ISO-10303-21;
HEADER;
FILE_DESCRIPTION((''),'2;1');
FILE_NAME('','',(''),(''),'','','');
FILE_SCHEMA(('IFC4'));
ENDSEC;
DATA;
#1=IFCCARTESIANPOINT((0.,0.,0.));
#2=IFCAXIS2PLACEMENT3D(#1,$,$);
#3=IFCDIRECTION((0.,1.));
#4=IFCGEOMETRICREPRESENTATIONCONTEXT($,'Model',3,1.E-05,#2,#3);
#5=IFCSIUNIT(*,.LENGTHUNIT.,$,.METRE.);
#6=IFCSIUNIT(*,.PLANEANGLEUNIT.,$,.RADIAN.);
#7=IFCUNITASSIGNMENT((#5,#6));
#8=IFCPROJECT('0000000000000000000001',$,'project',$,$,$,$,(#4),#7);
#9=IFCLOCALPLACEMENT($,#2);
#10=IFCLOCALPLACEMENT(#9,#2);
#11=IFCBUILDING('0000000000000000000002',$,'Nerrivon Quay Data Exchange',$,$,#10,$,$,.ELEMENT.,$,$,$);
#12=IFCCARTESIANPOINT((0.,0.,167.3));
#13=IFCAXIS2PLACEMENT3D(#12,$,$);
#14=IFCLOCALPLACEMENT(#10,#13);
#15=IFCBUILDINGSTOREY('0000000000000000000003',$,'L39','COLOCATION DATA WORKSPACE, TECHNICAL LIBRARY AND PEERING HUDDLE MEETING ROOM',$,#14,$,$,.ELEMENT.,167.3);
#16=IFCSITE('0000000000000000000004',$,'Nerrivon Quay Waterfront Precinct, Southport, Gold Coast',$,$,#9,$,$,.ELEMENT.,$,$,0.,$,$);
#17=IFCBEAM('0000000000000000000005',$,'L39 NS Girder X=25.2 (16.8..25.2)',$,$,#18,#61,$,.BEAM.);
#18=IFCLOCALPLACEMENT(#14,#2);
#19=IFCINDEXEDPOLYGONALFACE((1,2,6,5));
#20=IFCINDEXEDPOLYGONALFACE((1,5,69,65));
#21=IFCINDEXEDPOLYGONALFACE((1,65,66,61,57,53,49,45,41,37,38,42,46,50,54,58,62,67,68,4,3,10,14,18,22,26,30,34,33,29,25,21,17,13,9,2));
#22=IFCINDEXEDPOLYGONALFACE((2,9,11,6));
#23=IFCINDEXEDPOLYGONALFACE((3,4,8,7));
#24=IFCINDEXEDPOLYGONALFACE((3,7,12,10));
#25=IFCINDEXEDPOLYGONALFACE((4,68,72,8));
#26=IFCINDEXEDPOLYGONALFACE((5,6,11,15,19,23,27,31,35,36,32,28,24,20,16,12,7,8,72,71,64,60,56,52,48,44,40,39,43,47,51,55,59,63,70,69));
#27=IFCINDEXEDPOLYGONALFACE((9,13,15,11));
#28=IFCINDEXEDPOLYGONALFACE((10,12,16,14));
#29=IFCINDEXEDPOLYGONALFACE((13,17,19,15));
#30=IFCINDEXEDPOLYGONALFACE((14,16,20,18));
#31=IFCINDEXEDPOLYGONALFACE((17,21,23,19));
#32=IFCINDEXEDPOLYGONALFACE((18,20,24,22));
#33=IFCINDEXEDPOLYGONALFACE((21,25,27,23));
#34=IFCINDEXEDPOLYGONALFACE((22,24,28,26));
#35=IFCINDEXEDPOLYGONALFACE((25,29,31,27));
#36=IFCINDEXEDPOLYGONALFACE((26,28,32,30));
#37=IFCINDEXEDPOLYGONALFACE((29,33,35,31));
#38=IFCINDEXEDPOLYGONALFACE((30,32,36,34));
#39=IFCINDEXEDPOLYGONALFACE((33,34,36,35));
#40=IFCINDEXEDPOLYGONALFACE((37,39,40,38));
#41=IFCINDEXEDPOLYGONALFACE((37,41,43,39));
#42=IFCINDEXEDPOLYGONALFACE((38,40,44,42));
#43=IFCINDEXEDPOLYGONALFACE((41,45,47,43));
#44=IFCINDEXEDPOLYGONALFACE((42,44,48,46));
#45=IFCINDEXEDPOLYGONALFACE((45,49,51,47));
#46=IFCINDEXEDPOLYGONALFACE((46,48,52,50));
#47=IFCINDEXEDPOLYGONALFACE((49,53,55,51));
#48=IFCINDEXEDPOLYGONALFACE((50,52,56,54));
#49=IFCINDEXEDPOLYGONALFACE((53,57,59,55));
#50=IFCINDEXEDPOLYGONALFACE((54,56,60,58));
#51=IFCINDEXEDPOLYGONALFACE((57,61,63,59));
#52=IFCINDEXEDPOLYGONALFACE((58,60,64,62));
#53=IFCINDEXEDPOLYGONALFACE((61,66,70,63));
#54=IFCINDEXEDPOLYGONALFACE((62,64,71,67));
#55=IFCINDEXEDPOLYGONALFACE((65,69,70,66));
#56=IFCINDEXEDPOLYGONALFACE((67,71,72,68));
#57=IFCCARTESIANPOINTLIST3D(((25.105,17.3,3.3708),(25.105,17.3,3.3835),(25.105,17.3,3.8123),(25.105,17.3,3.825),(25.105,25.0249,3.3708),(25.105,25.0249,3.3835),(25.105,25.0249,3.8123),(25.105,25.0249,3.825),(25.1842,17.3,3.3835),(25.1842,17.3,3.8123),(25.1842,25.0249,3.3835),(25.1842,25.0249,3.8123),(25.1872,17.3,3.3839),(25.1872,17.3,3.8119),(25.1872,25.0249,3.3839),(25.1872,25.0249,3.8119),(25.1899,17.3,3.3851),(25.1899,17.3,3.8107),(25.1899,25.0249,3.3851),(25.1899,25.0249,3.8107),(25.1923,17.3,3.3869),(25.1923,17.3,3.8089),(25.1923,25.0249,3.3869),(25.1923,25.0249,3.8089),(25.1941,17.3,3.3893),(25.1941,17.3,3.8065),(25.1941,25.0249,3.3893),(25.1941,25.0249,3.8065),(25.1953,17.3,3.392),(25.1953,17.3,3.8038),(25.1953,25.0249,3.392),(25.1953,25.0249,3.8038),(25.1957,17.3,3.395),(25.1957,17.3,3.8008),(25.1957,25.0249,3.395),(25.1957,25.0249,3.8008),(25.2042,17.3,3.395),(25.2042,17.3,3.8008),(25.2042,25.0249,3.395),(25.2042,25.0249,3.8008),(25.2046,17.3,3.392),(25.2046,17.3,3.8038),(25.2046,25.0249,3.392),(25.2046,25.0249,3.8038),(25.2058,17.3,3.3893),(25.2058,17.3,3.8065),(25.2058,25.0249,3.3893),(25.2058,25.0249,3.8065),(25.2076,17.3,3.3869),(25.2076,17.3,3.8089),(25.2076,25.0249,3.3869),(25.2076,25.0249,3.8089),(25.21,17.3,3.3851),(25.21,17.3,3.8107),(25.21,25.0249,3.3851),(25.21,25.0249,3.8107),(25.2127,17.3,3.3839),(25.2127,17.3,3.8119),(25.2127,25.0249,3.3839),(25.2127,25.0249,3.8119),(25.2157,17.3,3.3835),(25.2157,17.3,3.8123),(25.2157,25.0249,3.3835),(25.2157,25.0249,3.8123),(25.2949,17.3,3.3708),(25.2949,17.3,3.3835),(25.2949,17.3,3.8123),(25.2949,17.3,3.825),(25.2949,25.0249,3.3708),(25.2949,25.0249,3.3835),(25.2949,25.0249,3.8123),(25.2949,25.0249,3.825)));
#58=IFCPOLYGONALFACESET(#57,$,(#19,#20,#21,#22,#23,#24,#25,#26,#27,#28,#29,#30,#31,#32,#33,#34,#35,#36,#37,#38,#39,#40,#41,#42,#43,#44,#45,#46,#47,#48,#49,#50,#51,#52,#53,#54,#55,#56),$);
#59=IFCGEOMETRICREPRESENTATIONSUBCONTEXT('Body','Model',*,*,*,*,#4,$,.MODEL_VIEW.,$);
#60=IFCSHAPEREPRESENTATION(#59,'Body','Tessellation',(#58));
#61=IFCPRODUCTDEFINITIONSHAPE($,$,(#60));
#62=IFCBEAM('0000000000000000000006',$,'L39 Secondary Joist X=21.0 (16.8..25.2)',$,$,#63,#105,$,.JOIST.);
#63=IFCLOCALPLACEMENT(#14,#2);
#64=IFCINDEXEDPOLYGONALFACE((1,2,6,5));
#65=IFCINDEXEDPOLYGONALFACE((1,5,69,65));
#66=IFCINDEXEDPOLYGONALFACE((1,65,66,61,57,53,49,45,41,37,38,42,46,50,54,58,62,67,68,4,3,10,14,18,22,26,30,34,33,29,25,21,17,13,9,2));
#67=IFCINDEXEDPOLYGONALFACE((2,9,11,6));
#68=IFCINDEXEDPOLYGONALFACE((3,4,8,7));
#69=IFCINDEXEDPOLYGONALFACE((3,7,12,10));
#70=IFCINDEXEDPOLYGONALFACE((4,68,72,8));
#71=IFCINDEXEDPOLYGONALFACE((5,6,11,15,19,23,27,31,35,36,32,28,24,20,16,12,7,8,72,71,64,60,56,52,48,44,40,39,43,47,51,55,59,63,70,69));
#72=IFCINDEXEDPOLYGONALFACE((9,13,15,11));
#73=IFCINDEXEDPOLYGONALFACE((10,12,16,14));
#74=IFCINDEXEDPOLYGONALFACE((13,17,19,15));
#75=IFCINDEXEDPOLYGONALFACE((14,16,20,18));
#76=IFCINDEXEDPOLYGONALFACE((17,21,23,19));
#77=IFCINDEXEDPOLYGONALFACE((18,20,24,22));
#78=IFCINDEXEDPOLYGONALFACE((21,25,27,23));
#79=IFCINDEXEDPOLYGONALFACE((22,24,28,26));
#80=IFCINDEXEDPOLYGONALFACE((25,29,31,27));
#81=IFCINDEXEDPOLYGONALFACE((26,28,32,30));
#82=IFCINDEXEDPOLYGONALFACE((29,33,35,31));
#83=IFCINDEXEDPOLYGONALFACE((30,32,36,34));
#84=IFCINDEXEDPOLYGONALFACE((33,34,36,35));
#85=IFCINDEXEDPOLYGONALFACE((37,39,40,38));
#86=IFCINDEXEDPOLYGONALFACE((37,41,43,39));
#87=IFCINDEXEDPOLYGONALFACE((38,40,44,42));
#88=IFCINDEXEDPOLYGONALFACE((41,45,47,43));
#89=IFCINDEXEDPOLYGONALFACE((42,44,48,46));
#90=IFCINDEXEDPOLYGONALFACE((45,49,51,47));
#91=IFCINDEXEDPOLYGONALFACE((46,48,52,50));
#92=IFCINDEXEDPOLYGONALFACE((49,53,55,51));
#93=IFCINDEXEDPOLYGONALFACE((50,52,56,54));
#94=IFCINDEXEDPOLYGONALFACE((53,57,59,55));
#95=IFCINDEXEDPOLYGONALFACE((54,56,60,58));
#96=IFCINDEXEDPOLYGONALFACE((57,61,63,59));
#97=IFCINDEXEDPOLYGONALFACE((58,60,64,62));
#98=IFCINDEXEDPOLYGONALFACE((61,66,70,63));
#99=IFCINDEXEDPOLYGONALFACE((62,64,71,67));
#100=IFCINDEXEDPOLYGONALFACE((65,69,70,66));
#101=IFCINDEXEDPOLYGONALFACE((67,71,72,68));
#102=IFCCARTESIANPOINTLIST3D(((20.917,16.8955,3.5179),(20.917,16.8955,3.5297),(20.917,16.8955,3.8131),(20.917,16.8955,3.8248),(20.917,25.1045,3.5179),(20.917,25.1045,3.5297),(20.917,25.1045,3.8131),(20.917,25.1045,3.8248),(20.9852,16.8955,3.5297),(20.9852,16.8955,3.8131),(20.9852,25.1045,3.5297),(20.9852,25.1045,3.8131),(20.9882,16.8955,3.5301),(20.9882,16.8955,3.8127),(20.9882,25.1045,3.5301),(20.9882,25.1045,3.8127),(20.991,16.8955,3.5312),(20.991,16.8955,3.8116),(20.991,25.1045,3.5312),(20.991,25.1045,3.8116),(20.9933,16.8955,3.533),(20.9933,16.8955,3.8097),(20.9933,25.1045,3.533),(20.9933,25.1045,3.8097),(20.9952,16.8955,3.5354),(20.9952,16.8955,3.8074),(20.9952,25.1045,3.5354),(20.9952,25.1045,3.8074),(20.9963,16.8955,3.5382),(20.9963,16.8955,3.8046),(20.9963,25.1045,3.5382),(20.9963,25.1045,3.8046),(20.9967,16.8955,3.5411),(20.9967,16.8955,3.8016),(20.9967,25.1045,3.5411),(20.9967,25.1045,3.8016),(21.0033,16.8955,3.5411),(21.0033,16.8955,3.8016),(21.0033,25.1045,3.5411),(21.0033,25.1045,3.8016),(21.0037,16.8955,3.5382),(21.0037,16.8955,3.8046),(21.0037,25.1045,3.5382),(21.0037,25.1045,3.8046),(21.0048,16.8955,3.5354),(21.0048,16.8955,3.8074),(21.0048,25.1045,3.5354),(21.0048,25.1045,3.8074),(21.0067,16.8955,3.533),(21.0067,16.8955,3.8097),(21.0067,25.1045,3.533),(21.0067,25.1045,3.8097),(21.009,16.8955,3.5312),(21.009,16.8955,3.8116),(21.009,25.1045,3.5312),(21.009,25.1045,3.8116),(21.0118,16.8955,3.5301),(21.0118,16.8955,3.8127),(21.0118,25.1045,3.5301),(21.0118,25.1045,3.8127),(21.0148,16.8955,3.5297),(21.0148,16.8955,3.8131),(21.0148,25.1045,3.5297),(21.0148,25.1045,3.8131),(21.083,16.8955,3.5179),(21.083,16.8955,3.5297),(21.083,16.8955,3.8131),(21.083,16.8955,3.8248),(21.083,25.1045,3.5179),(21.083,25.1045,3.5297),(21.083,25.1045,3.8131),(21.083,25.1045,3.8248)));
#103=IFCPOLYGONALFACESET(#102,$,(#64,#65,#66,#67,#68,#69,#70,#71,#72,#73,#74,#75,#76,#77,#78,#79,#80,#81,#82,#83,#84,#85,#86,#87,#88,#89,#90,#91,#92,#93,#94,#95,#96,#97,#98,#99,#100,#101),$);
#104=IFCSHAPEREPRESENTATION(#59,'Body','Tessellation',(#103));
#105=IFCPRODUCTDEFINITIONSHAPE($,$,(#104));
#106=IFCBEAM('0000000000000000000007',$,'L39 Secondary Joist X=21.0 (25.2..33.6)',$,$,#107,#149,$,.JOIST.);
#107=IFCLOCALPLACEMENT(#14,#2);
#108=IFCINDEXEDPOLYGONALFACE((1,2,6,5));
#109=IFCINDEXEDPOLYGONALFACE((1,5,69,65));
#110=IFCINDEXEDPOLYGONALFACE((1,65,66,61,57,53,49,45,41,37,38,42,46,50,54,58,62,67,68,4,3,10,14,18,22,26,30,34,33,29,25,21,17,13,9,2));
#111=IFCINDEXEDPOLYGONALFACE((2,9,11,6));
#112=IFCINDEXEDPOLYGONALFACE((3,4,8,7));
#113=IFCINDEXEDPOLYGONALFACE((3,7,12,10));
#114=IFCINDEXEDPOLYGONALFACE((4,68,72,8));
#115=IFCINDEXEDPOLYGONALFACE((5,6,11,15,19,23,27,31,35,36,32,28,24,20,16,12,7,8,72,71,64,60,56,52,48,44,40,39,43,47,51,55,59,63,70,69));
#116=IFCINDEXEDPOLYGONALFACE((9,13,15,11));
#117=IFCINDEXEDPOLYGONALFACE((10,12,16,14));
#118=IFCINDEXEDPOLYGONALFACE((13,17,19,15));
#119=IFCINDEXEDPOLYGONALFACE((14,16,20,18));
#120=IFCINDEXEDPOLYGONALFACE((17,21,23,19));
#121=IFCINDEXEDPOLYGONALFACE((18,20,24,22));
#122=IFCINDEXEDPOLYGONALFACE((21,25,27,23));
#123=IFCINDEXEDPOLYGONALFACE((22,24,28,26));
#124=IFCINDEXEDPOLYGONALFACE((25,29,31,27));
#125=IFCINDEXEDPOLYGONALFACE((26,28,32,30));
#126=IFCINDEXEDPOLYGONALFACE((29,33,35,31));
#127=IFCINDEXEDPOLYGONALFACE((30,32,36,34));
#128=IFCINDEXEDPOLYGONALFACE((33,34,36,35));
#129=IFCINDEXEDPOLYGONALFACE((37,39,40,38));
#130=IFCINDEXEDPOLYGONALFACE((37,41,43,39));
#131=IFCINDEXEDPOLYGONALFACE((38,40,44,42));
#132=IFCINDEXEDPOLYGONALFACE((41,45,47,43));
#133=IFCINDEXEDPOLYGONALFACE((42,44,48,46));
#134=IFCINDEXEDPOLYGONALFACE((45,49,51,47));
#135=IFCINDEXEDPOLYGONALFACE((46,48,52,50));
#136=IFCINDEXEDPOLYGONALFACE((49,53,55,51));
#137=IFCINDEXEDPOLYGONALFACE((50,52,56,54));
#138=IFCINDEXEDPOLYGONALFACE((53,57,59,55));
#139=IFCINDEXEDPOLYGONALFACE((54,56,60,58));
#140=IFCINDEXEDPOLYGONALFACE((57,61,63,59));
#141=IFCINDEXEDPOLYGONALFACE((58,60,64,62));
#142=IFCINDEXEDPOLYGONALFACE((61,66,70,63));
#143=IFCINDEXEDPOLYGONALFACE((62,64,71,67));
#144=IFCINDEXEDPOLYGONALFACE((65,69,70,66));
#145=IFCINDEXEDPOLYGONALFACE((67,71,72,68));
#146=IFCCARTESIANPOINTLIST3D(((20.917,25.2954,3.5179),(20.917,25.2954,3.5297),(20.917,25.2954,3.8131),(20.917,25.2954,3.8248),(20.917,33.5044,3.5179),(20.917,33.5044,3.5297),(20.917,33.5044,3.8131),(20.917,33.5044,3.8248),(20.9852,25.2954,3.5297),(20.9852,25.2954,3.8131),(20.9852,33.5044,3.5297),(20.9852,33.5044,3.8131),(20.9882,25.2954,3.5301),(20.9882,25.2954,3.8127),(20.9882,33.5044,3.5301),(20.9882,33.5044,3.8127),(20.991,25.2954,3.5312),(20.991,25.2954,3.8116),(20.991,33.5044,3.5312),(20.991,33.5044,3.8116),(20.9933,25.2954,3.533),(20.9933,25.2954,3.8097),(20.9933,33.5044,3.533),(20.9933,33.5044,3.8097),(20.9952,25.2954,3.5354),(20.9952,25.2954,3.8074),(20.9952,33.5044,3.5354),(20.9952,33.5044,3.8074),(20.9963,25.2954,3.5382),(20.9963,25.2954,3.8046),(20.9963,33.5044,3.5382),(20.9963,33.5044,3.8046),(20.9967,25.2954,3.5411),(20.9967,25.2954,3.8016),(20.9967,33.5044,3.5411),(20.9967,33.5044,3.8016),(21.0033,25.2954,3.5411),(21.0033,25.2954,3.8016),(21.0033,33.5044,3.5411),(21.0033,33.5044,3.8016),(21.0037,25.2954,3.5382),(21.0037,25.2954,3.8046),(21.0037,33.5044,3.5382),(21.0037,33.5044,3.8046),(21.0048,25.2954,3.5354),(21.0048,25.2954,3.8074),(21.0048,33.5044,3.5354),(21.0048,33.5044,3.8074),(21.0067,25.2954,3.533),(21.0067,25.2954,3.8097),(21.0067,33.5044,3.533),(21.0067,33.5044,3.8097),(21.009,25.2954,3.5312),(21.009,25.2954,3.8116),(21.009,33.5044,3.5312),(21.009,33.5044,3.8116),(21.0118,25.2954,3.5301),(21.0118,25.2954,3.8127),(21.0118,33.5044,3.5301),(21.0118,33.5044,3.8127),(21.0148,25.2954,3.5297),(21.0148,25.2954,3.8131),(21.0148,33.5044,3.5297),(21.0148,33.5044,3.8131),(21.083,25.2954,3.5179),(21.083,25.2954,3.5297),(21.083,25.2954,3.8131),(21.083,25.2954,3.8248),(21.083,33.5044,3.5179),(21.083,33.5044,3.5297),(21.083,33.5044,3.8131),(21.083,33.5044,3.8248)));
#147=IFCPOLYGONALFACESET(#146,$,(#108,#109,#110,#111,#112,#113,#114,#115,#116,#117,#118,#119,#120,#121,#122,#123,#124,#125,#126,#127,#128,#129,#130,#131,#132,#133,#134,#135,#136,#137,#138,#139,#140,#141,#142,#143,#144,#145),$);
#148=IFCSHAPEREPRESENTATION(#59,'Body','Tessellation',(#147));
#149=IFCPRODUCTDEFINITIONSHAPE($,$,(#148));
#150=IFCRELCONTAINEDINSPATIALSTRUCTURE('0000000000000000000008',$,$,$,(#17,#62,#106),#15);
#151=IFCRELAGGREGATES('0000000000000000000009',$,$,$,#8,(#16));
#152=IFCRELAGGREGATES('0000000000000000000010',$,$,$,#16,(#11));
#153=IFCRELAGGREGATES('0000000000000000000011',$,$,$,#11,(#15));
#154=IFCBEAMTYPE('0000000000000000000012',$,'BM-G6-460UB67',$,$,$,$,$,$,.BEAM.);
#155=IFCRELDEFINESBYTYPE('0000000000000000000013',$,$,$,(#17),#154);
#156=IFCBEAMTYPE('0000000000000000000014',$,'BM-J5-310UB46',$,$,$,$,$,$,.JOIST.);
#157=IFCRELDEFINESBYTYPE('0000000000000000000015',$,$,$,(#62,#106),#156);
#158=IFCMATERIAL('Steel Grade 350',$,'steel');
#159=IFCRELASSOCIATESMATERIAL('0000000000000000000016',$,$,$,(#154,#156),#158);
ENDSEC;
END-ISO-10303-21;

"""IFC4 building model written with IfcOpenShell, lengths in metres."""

from ifc_helpers import new_model, si_unit, direction, frame, origin, origin_2d, place, context, subcontext, project, spatial, i_section, extrude, material, material_profile, profile_set, type_object, element, save


model = new_model("IFC4")

# Units and contexts
model_context = context("Model", 3, precision=1e-05, world=origin(), true_north=direction((0.0, 1.0)))
body_context = subcontext(model_context, "Body", "Model", "MODEL_VIEW")
ifc_project = project(units=[si_unit("LENGTHUNIT", "METRE"), si_unit("PLANEANGLEUNIT", "RADIAN")], contexts=[model_context])

# Site, building, storey
site_placement = place(None, origin())
site = spatial("IfcSite", under=ifc_project, at=site_placement, Name="Nerrivon Quay Waterfront Precinct, Southport, Gold Coast", CompositionType="ELEMENT", RefElevation=0.0)
building_placement = place(site_placement, origin())
building = spatial("IfcBuilding", under=site, at=building_placement, Name="Nerrivon Quay Data Exchange", CompositionType="ELEMENT")
storey_placement = place(building_placement, frame((0.0, 0.0, 167.3)))
storey = spatial("IfcBuildingStorey", under=building, at=storey_placement, Name="L39", Description="COLOCATION DATA WORKSPACE, TECHNICAL LIBRARY AND PEERING HUDDLE MEETING ROOM", CompositionType="ELEMENT", Elevation=167.3)

# Shared definitions
ifc_material_1 = material(Name="Steel Grade 350", Category="steel")

# Beams
ifc_material_profile_1 = material_profile(ifc_material_1, i_section(OverallWidth=0.1899, OverallDepth=0.4541, WebThickness=0.0085, FlangeThickness=0.0127, FilletRadius=0.0115, at=origin_2d()), Name="460UB67.1")
ifc_profile_set_1 = profile_set([ifc_material_profile_1], Name="Steel Grade 350")
beam_type_1 = type_object("IfcBeamType", Name="BM-G6-460UB67", PredefinedType="BEAM", material=ifc_profile_set_1)
beam_1_placement = place(storey_placement, frame((25.2, 17.3, 3.5979), z_axis=(0.0, 1.0, 0.0), x_axis=(-1.0, 0.0, 0.0)))
element("IfcBeam", 1, at=beam_1_placement, inside=storey, type_object=beam_type_1, Name="L39 NS Girder X=25.2 (16.8..25.2)", PredefinedType="BEAM", context=body_context, shape_type="SweptSolid", body=[
    extrude(i_section(OverallWidth=0.1899, OverallDepth=0.4541, WebThickness=0.0085, FlangeThickness=0.0127, FilletRadius=0.0115, at=origin_2d()), origin(), (0.0, 0.0, 1.0), 7.7249),
])
ifc_material_profile_2 = material_profile(ifc_material_1, i_section(OverallWidth=0.166, OverallDepth=0.3069, WebThickness=0.0066, FlangeThickness=0.0117, FilletRadius=0.0115, at=origin_2d()), Name="310UB46.2")
ifc_profile_set_2 = profile_set([ifc_material_profile_2], Name="Steel Grade 350")
beam_type_2 = type_object("IfcBeamType", Name="BM-J5-310UB46", PredefinedType="JOIST", material=ifc_profile_set_2)
for number, where, z_axis, x_axis, name in (
    (2, (21.0, 16.8955, 3.6714), (0.0, 1.0, 0.0), (-1.0, 0.0, 0.0), "L39 Secondary Joist X=21.0 (16.8..25.2)"),
    (3, (21.0, 25.2954, 3.6714), (0.0, 1.0, 0.0), (-1.0, 0.0, 0.0), "L39 Secondary Joist X=21.0 (25.2..33.6)"),
):
    element("IfcBeam", number, at=place(storey_placement, frame(where, z_axis=z_axis, x_axis=x_axis)), inside=storey, type_object=beam_type_2, Name=name, PredefinedType="JOIST", context=body_context, shape_type="SweptSolid", body=[
        extrude(i_section(OverallWidth=0.166, OverallDepth=0.3069, WebThickness=0.0066, FlangeThickness=0.0117, FilletRadius=0.0115, at=origin_2d()), origin(), (0.0, 0.0, 1.0), 8.209),
    ])

save(model, "model.ifc")
